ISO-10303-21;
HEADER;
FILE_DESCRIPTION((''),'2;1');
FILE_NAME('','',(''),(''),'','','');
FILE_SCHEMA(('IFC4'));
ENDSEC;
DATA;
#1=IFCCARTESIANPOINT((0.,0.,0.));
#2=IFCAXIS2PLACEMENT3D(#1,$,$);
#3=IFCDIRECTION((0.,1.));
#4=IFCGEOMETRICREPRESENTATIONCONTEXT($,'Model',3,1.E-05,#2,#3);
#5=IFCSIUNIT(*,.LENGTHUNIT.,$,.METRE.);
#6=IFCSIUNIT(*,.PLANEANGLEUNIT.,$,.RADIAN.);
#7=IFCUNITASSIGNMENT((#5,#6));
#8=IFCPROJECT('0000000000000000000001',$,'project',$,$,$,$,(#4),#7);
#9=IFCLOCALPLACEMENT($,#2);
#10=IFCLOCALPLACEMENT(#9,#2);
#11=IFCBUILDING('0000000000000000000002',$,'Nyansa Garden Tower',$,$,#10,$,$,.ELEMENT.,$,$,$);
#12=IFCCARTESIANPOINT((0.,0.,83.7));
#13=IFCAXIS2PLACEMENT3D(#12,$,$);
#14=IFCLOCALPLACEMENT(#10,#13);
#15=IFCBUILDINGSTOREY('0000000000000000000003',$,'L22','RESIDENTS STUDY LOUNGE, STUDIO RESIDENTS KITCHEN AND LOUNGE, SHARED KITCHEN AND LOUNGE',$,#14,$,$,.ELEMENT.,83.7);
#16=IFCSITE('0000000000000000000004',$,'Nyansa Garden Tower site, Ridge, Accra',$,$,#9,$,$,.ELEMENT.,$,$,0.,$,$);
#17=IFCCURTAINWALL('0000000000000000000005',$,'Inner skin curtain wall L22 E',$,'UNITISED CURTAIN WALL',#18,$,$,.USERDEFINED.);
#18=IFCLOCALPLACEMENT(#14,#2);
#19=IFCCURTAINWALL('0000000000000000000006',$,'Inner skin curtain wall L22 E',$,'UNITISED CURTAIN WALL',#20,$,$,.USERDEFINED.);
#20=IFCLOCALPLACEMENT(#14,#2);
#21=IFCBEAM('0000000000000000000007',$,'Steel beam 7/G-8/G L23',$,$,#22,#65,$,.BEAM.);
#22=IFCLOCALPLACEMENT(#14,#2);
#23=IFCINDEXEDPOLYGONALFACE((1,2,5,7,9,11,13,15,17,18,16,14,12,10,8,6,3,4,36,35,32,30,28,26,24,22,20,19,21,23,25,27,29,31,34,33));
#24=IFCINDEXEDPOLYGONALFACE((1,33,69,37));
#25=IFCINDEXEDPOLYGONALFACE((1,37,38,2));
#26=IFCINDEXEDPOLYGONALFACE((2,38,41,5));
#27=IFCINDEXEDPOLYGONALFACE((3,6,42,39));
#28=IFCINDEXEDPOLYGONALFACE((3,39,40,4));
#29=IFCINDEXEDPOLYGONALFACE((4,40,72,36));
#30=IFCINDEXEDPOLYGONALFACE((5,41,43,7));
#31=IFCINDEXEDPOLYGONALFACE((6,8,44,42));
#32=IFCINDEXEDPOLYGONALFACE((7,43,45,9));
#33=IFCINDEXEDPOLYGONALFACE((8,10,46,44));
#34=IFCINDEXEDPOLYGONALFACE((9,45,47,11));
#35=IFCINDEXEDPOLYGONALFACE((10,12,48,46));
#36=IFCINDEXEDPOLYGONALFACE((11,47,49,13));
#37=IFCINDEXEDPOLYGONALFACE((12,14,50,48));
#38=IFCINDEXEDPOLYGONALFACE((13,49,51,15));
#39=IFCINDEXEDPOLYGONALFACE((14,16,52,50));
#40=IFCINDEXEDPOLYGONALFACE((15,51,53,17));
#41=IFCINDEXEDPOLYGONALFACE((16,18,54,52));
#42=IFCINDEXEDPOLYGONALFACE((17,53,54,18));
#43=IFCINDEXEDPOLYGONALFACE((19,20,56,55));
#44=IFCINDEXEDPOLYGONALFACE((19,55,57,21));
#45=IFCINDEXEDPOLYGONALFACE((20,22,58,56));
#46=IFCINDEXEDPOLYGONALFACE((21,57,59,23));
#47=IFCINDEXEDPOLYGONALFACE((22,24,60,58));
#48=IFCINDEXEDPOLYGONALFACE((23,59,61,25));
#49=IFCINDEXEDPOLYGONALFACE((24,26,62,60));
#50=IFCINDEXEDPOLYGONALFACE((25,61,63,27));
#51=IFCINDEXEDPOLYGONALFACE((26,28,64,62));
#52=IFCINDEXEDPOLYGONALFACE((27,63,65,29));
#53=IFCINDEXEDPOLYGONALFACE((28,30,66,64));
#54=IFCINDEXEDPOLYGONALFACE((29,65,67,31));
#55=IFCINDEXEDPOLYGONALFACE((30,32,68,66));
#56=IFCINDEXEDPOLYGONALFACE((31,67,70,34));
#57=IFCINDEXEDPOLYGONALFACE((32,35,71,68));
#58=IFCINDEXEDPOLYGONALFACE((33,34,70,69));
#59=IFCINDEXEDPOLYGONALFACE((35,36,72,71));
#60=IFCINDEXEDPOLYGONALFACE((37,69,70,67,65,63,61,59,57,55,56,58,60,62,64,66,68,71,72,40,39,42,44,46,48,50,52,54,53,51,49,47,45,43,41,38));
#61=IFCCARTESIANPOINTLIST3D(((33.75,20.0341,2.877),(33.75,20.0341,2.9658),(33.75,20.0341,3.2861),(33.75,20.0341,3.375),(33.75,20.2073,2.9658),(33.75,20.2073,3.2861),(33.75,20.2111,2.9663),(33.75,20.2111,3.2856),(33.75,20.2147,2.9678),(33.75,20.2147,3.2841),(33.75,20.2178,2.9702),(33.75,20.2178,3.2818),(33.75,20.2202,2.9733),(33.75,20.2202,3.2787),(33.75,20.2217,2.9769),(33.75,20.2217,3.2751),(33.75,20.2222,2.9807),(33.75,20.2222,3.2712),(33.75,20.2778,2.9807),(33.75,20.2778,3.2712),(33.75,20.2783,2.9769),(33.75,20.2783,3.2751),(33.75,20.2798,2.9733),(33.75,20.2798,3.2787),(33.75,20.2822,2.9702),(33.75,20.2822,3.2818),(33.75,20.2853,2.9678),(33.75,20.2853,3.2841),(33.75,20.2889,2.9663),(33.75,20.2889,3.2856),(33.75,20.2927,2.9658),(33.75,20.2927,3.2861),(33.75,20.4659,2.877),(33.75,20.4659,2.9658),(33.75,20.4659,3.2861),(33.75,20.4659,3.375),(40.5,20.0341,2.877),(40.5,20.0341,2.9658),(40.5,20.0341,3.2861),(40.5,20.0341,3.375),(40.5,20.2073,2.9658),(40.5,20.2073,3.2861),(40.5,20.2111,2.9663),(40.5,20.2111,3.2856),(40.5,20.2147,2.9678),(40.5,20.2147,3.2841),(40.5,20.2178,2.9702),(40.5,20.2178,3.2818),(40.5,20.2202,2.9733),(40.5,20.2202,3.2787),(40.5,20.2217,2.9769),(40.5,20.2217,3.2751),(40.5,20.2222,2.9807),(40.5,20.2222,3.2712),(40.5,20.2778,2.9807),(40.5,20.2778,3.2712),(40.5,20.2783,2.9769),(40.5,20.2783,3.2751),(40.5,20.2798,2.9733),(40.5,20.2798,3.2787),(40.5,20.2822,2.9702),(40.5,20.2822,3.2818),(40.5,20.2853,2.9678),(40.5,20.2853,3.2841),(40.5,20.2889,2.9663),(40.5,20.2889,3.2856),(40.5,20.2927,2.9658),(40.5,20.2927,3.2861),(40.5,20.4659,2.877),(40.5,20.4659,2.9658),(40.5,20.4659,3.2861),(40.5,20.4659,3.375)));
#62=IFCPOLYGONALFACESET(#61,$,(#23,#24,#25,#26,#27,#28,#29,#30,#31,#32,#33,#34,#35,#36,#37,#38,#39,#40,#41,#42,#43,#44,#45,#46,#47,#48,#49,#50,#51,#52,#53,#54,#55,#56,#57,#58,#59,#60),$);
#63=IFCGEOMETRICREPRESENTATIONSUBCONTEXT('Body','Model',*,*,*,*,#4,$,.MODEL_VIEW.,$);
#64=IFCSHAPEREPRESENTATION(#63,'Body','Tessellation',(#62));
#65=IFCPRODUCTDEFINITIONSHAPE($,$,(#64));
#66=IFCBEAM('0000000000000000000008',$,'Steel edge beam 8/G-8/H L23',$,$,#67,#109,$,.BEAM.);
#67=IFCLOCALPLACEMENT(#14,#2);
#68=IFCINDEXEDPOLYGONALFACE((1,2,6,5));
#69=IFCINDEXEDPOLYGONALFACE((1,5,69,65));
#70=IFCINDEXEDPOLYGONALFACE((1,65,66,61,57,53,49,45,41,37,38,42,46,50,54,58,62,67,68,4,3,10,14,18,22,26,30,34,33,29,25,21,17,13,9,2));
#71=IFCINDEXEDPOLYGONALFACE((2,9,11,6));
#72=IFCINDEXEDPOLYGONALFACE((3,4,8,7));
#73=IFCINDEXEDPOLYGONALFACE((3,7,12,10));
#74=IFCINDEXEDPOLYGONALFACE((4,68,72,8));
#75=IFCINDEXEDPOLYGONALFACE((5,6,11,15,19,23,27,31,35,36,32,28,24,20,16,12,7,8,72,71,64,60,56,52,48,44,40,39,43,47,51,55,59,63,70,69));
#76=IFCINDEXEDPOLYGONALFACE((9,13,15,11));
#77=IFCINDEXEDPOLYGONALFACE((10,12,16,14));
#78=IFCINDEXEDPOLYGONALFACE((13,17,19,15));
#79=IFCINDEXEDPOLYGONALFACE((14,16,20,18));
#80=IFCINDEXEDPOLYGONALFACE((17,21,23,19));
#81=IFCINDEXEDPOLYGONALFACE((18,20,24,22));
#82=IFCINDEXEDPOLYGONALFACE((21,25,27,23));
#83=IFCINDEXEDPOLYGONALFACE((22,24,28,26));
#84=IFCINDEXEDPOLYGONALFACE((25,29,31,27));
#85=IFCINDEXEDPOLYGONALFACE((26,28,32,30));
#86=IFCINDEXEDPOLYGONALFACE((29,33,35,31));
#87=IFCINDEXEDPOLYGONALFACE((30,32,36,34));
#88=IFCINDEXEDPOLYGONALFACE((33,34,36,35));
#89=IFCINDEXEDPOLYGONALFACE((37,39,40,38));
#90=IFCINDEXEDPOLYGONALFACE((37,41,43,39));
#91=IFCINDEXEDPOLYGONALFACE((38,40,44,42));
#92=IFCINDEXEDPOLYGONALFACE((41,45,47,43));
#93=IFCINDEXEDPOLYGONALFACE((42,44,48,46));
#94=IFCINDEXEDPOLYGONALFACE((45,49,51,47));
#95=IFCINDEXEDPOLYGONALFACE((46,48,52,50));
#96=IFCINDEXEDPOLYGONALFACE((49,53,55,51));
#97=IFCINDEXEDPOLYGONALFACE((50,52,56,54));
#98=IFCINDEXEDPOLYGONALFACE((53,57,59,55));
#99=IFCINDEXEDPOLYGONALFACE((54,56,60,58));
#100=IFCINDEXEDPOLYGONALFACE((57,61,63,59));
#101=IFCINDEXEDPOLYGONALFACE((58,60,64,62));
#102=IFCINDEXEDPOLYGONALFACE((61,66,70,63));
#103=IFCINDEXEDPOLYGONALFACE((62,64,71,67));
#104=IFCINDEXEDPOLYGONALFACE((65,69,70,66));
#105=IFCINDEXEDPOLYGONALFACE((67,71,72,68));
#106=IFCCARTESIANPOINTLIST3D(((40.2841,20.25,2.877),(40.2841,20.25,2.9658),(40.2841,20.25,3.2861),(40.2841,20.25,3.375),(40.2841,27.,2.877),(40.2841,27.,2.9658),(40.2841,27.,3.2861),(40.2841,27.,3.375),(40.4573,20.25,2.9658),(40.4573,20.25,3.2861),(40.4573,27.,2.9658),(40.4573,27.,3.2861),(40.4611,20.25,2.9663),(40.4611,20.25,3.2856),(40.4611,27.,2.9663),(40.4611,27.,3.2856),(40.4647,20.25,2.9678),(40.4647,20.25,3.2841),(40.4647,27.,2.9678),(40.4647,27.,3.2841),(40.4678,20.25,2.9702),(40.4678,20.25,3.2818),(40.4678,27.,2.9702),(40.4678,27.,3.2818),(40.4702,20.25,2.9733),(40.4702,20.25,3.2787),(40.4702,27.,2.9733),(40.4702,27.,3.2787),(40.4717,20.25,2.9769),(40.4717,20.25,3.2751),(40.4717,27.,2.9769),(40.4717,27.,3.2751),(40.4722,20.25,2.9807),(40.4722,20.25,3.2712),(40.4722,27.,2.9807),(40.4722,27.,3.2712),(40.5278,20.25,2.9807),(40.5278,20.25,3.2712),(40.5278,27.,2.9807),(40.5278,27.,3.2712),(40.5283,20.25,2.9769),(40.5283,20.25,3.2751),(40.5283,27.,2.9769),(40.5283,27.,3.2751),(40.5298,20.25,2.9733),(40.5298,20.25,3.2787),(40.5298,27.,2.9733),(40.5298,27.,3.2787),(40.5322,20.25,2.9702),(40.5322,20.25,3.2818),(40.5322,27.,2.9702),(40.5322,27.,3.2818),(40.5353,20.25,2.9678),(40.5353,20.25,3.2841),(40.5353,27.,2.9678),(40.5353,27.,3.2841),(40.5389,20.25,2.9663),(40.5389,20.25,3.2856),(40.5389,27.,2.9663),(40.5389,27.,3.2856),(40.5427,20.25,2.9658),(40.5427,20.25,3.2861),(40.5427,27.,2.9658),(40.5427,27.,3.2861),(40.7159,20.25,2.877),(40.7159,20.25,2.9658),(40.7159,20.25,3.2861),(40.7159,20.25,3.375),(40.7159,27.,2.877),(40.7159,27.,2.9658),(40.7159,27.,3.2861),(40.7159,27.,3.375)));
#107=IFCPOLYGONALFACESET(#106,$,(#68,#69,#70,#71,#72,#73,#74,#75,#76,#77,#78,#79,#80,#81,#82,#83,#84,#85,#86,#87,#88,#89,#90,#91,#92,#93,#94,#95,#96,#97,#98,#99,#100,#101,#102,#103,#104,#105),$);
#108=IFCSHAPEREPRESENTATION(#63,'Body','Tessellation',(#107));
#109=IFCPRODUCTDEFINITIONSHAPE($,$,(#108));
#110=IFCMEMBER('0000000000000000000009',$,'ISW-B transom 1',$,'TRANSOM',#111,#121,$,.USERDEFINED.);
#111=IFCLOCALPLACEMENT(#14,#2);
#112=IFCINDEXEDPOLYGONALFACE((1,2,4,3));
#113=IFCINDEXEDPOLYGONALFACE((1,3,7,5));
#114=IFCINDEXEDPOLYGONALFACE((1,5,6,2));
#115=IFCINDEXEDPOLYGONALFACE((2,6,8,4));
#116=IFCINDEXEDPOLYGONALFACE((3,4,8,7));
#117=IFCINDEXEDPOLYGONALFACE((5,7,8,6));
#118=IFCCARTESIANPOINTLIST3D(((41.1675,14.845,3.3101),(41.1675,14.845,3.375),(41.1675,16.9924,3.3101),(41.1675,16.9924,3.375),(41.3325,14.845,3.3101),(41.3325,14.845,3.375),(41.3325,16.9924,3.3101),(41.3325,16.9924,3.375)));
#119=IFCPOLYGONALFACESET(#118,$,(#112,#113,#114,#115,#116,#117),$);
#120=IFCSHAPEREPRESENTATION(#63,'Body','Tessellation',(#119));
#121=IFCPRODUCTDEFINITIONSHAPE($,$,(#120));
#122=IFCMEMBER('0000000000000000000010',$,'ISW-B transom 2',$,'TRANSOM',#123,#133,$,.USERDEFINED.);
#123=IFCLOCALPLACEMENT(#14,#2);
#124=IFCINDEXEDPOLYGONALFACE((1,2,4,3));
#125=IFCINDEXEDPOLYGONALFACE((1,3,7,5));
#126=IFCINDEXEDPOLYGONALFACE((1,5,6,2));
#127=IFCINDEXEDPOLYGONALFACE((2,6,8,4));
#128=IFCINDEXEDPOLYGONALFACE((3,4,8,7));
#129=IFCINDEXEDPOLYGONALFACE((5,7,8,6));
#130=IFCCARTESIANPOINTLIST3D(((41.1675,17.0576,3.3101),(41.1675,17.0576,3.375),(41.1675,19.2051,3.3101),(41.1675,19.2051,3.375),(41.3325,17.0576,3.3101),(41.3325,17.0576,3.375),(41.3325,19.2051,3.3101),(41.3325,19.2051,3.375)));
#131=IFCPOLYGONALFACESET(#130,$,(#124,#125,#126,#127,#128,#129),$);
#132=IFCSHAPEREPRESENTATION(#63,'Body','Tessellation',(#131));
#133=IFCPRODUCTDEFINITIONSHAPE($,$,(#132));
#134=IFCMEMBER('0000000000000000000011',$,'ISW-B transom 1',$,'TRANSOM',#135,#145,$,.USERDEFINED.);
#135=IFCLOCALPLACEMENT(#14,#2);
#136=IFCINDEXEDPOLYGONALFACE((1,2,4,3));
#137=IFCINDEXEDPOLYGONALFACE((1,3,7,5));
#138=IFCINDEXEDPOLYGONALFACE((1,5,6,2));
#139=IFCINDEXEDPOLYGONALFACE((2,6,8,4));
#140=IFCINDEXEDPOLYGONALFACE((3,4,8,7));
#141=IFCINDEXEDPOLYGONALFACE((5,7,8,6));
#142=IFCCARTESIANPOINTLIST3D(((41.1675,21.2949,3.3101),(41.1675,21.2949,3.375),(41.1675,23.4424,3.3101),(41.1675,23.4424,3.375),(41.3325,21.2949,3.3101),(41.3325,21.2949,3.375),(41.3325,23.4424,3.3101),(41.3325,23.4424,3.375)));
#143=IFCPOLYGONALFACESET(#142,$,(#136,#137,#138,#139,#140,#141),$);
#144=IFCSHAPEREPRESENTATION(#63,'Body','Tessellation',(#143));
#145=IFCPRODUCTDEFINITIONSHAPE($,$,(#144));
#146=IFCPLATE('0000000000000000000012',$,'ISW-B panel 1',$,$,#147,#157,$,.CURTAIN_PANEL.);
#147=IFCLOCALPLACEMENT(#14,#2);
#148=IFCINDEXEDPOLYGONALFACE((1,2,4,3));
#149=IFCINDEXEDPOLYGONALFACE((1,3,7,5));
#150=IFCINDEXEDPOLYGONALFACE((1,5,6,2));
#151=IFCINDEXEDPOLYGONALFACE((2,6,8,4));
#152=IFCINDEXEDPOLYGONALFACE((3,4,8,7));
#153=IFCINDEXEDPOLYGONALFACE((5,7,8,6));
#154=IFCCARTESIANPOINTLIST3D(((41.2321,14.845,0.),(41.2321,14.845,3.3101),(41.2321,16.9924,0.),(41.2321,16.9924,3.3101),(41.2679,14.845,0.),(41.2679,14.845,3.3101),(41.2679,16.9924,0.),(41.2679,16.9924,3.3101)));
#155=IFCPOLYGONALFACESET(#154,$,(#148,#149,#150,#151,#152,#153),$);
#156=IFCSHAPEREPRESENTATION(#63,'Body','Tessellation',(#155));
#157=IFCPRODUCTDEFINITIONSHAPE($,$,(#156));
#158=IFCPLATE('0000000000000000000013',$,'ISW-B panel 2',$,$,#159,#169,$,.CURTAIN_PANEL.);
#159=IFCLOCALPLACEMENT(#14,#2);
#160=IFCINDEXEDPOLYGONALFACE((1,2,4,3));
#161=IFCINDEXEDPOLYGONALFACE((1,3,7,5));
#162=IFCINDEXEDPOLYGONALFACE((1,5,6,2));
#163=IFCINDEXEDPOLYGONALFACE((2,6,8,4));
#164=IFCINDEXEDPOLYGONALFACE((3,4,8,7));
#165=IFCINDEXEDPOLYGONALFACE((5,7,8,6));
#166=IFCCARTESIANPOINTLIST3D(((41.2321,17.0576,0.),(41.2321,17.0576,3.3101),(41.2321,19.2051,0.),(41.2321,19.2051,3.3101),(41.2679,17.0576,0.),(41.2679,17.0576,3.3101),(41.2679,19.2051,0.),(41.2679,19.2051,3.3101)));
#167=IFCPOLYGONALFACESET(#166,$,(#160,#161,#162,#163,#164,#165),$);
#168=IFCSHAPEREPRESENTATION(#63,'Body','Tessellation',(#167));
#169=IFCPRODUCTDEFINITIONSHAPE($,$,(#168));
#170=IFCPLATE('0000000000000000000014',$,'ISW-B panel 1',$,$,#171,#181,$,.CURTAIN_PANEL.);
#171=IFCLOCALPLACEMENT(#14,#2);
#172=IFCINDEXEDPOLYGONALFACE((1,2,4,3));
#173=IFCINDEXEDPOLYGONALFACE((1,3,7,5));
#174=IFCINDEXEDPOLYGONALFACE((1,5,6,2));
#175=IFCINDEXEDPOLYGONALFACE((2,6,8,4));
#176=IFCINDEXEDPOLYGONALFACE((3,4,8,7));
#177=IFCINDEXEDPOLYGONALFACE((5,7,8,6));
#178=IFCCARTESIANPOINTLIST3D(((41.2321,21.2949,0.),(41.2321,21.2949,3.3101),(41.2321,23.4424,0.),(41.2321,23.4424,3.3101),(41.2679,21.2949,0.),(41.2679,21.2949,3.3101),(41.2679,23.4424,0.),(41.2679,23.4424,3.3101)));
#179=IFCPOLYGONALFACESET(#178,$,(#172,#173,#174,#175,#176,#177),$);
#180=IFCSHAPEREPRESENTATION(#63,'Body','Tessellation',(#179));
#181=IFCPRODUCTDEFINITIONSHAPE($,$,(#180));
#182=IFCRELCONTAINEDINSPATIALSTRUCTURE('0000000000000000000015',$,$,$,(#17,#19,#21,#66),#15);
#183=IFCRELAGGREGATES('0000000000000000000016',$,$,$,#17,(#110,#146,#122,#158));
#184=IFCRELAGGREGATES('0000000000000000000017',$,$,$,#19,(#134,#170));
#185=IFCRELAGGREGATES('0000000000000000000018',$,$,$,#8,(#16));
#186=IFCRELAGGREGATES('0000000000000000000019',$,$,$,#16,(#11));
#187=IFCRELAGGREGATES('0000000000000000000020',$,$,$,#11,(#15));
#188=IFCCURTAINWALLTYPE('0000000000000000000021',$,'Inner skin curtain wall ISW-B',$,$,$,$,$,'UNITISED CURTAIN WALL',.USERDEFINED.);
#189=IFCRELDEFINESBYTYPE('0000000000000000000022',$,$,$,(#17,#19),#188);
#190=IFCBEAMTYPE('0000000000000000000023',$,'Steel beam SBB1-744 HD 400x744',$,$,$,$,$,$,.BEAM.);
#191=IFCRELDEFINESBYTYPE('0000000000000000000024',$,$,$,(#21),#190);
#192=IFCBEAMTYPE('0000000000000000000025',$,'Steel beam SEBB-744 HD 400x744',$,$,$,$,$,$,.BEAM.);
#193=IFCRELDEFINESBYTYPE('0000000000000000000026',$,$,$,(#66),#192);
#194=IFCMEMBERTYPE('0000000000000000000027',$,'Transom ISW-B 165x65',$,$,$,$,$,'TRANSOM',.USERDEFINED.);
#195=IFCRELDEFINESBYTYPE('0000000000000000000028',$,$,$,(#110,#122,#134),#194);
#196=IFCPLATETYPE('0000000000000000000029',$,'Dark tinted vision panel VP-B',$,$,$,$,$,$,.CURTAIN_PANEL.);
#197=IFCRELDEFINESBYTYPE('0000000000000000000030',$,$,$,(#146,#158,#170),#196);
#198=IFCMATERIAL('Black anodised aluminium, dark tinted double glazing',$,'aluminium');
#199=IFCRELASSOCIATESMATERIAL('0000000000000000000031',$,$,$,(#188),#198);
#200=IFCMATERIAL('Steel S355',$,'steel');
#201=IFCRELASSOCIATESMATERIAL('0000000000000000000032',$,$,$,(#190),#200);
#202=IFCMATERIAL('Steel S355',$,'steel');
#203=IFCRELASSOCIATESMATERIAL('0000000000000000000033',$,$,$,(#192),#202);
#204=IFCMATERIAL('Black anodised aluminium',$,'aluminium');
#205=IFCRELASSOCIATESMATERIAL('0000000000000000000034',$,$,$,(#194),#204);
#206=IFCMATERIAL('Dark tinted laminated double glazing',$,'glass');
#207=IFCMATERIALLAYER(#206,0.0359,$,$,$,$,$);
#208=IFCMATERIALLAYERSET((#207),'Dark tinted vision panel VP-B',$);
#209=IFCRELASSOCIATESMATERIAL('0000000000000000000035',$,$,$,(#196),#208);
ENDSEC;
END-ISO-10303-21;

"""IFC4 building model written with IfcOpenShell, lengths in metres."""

from ifc_helpers import new_model, si_unit, direction, frame, origin, origin_2d, place, context, subcontext, project, spatial, rectangle, i_section, extrude, material, layer, layer_set, material_profile, profile_set, type_object, element, aggregate, save


model = new_model("IFC4")

# Units and contexts
model_context = context("Model", 3, precision=1e-05, world=origin(), true_north=direction((0.0, 1.0)))
body_context = subcontext(model_context, "Body", "Model", "MODEL_VIEW")
ifc_project = project(units=[si_unit("LENGTHUNIT", "METRE"), si_unit("PLANEANGLEUNIT", "RADIAN")], contexts=[model_context])

# Site, building, storey
site_placement = place(None, origin())
site = spatial("IfcSite", under=ifc_project, at=site_placement, Name="Nyansa Garden Tower site, Ridge, Accra", CompositionType="ELEMENT", RefElevation=0.0)
building_placement = place(site_placement, origin())
building = spatial("IfcBuilding", under=site, at=building_placement, Name="Nyansa Garden Tower", CompositionType="ELEMENT")
storey_placement = place(building_placement, frame((0.0, 0.0, 83.7)))
storey = spatial("IfcBuildingStorey", under=building, at=storey_placement, Name="L22", Description="RESIDENTS STUDY LOUNGE, STUDIO RESIDENTS KITCHEN AND LOUNGE, SHARED KITCHEN AND LOUNGE", CompositionType="ELEMENT", Elevation=83.7)

# Curtain wall
ifc_material_1 = material(Name="Black anodised aluminium, dark tinted double glazing", Category="aluminium")
curtain_wall_type = type_object("IfcCurtainWallType", Name="Inner skin curtain wall ISW-B", ElementType="UNITISED CURTAIN WALL", PredefinedType="USERDEFINED", material=ifc_material_1)
curtain_wall_1_placement = place(storey_placement, origin())
curtain_wall_1 = element("IfcCurtainWall", 1, at=curtain_wall_1_placement, inside=storey, type_object=curtain_wall_type, Name="Inner skin curtain wall L22 E", ObjectType="UNITISED CURTAIN WALL", PredefinedType="USERDEFINED")

# Curtain wall
curtain_wall_2_placement = place(storey_placement, origin())
curtain_wall_2 = element("IfcCurtainWall", 2, at=curtain_wall_2_placement, inside=storey, type_object=curtain_wall_type, Name="Inner skin curtain wall L22 E", ObjectType="UNITISED CURTAIN WALL", PredefinedType="USERDEFINED")

# Beams
ifc_material_2 = material(Name="Steel S355", Category="steel")
ifc_material_profile_1 = material_profile(ifc_material_2, i_section(OverallWidth=0.4319, OverallDepth=0.498, WebThickness=0.0557, FlangeThickness=0.0889, FilletRadius=0.0149, at=origin_2d()), Name="HD 400x744")
ifc_profile_set_1 = profile_set([ifc_material_profile_1], Name="Steel S355")
beam_type_1 = type_object("IfcBeamType", Name="Steel beam SBB1-744 HD 400x744", PredefinedType="BEAM", material=ifc_profile_set_1)
for number, where, z_axis, x_axis, name in (
    (3, (33.75, 20.25, 3.126), (1.0, 0.0, 0.0), (0.0, 1.0, 0.0), "Steel beam 7/G-8/G L23"),
):
    element("IfcBeam", number, at=place(storey_placement, frame(where, z_axis=z_axis, x_axis=x_axis)), inside=storey, type_object=beam_type_1, Name=name, PredefinedType="BEAM", context=body_context, shape_type="SweptSolid", body=[
        extrude(i_section(OverallWidth=0.4319, OverallDepth=0.498, WebThickness=0.0557, FlangeThickness=0.0889, FilletRadius=0.0149, at=origin_2d()), origin(), (0.0, 0.0, 1.0), 6.75),
    ])
ifc_material_3 = material(Name="Steel S355", Category="steel")
ifc_material_profile_2 = material_profile(ifc_material_3, i_section(OverallWidth=0.4319, OverallDepth=0.498, WebThickness=0.0557, FlangeThickness=0.0889, FilletRadius=0.0149, at=origin_2d()), Name="HD 400x744")
ifc_profile_set_2 = profile_set([ifc_material_profile_2], Name="Steel S355")
beam_type_2 = type_object("IfcBeamType", Name="Steel beam SEBB-744 HD 400x744", PredefinedType="BEAM", material=ifc_profile_set_2)
beam_1_placement = place(storey_placement, frame((40.5, 20.25, 3.126), z_axis=(0.0, 1.0, 0.0), x_axis=(-1.0, 0.0, 0.0)))
element("IfcBeam", 4, at=beam_1_placement, inside=storey, type_object=beam_type_2, Name="Steel edge beam 8/G-8/H L23", PredefinedType="BEAM", context=body_context, shape_type="SweptSolid", body=[
    extrude(i_section(OverallWidth=0.4319, OverallDepth=0.498, WebThickness=0.0557, FlangeThickness=0.0889, FilletRadius=0.0149, at=origin_2d()), origin(), (0.0, 0.0, 1.0), 6.75),
])

# Members
ifc_material_4 = material(Name="Black anodised aluminium", Category="aluminium")
ifc_material_profile_3 = material_profile(ifc_material_4, rectangle(XDim=0.165, YDim=0.0649, at=origin_2d()), Name="Transom 165x65")
ifc_profile_set_3 = profile_set([ifc_material_profile_3], Name="Black anodised aluminium")
member_type_1 = type_object("IfcMemberType", Name="Transom ISW-B 165x65", ElementType="TRANSOM", PredefinedType="USERDEFINED", material=ifc_profile_set_3)
member_1_placement = place(storey_placement, frame((41.25, 14.845, 3.3425), z_axis=(0.0, 1.0, 0.0), x_axis=(-1.0, 0.0, 0.0)))
member_1 = element("IfcMember", 5, at=member_1_placement, type_object=member_type_1, Name="ISW-B transom 1", ObjectType="TRANSOM", PredefinedType="USERDEFINED", context=body_context, shape_type="SweptSolid", body=[
    extrude(rectangle(XDim=0.165, YDim=0.0649, at=origin_2d()), origin(), (0.0, 0.0, 1.0), 2.1475),
])
member_2_placement = place(storey_placement, frame((41.25, 17.0576, 3.3425), z_axis=(0.0, 1.0, 0.0), x_axis=(-1.0, 0.0, 0.0)))
member_2 = element("IfcMember", 6, at=member_2_placement, type_object=member_type_1, Name="ISW-B transom 2", ObjectType="TRANSOM", PredefinedType="USERDEFINED", context=body_context, shape_type="SweptSolid", body=[
    extrude(rectangle(XDim=0.165, YDim=0.0649, at=origin_2d()), origin(), (0.0, 0.0, 1.0), 2.1475),
])
member_3_placement = place(storey_placement, frame((41.25, 21.2949, 3.3425), z_axis=(0.0, 1.0, 0.0), x_axis=(-1.0, 0.0, 0.0)))
member_3 = element("IfcMember", 7, at=member_3_placement, type_object=member_type_1, Name="ISW-B transom 1", ObjectType="TRANSOM", PredefinedType="USERDEFINED", context=body_context, shape_type="SweptSolid", body=[
    extrude(rectangle(XDim=0.165, YDim=0.0649, at=origin_2d()), origin(), (0.0, 0.0, 1.0), 2.1475),
])

# Plates
ifc_material_5 = material(Name="Dark tinted laminated double glazing", Category="glass")
ifc_layer_1 = layer(ifc_material_5, 0.0359)
ifc_layer_set_1 = layer_set([ifc_layer_1], Name="Dark tinted vision panel VP-B")
plate_type_1 = type_object("IfcPlateType", Name="Dark tinted vision panel VP-B", PredefinedType="CURTAIN_PANEL", material=ifc_layer_set_1)
plate_1_placement = place(storey_placement, frame((41.25, 15.9187, 0.0), z_axis=(0.0, 0.0, 1.0), x_axis=(0.0, 1.0, 0.0)))
plate_1 = element("IfcPlate", 8, at=plate_1_placement, type_object=plate_type_1, Name="ISW-B panel 1", PredefinedType="CURTAIN_PANEL", context=body_context, shape_type="SweptSolid", body=[
    extrude(rectangle(XDim=2.1475, YDim=0.0359, at=origin_2d()), origin(), (0.0, 0.0, 1.0), 3.3101),
])
plate_2_placement = place(storey_placement, frame((41.25, 18.1313, 0.0), z_axis=(0.0, 0.0, 1.0), x_axis=(0.0, 1.0, 0.0)))
plate_2 = element("IfcPlate", 9, at=plate_2_placement, type_object=plate_type_1, Name="ISW-B panel 2", PredefinedType="CURTAIN_PANEL", context=body_context, shape_type="SweptSolid", body=[
    extrude(rectangle(XDim=2.1475, YDim=0.0359, at=origin_2d()), origin(), (0.0, 0.0, 1.0), 3.3101),
])
aggregate(curtain_wall_1, [member_1, plate_1, member_2, plate_2])
plate_3_placement = place(storey_placement, frame((41.25, 22.3687, 0.0), z_axis=(0.0, 0.0, 1.0), x_axis=(0.0, 1.0, 0.0)))
plate_3 = element("IfcPlate", 10, at=plate_3_placement, type_object=plate_type_1, Name="ISW-B panel 1", PredefinedType="CURTAIN_PANEL", context=body_context, shape_type="SweptSolid", body=[
    extrude(rectangle(XDim=2.1475, YDim=0.0359, at=origin_2d()), origin(), (0.0, 0.0, 1.0), 3.3101),
])
aggregate(curtain_wall_2, [member_3, plate_3])

save(model, "model.ifc")
